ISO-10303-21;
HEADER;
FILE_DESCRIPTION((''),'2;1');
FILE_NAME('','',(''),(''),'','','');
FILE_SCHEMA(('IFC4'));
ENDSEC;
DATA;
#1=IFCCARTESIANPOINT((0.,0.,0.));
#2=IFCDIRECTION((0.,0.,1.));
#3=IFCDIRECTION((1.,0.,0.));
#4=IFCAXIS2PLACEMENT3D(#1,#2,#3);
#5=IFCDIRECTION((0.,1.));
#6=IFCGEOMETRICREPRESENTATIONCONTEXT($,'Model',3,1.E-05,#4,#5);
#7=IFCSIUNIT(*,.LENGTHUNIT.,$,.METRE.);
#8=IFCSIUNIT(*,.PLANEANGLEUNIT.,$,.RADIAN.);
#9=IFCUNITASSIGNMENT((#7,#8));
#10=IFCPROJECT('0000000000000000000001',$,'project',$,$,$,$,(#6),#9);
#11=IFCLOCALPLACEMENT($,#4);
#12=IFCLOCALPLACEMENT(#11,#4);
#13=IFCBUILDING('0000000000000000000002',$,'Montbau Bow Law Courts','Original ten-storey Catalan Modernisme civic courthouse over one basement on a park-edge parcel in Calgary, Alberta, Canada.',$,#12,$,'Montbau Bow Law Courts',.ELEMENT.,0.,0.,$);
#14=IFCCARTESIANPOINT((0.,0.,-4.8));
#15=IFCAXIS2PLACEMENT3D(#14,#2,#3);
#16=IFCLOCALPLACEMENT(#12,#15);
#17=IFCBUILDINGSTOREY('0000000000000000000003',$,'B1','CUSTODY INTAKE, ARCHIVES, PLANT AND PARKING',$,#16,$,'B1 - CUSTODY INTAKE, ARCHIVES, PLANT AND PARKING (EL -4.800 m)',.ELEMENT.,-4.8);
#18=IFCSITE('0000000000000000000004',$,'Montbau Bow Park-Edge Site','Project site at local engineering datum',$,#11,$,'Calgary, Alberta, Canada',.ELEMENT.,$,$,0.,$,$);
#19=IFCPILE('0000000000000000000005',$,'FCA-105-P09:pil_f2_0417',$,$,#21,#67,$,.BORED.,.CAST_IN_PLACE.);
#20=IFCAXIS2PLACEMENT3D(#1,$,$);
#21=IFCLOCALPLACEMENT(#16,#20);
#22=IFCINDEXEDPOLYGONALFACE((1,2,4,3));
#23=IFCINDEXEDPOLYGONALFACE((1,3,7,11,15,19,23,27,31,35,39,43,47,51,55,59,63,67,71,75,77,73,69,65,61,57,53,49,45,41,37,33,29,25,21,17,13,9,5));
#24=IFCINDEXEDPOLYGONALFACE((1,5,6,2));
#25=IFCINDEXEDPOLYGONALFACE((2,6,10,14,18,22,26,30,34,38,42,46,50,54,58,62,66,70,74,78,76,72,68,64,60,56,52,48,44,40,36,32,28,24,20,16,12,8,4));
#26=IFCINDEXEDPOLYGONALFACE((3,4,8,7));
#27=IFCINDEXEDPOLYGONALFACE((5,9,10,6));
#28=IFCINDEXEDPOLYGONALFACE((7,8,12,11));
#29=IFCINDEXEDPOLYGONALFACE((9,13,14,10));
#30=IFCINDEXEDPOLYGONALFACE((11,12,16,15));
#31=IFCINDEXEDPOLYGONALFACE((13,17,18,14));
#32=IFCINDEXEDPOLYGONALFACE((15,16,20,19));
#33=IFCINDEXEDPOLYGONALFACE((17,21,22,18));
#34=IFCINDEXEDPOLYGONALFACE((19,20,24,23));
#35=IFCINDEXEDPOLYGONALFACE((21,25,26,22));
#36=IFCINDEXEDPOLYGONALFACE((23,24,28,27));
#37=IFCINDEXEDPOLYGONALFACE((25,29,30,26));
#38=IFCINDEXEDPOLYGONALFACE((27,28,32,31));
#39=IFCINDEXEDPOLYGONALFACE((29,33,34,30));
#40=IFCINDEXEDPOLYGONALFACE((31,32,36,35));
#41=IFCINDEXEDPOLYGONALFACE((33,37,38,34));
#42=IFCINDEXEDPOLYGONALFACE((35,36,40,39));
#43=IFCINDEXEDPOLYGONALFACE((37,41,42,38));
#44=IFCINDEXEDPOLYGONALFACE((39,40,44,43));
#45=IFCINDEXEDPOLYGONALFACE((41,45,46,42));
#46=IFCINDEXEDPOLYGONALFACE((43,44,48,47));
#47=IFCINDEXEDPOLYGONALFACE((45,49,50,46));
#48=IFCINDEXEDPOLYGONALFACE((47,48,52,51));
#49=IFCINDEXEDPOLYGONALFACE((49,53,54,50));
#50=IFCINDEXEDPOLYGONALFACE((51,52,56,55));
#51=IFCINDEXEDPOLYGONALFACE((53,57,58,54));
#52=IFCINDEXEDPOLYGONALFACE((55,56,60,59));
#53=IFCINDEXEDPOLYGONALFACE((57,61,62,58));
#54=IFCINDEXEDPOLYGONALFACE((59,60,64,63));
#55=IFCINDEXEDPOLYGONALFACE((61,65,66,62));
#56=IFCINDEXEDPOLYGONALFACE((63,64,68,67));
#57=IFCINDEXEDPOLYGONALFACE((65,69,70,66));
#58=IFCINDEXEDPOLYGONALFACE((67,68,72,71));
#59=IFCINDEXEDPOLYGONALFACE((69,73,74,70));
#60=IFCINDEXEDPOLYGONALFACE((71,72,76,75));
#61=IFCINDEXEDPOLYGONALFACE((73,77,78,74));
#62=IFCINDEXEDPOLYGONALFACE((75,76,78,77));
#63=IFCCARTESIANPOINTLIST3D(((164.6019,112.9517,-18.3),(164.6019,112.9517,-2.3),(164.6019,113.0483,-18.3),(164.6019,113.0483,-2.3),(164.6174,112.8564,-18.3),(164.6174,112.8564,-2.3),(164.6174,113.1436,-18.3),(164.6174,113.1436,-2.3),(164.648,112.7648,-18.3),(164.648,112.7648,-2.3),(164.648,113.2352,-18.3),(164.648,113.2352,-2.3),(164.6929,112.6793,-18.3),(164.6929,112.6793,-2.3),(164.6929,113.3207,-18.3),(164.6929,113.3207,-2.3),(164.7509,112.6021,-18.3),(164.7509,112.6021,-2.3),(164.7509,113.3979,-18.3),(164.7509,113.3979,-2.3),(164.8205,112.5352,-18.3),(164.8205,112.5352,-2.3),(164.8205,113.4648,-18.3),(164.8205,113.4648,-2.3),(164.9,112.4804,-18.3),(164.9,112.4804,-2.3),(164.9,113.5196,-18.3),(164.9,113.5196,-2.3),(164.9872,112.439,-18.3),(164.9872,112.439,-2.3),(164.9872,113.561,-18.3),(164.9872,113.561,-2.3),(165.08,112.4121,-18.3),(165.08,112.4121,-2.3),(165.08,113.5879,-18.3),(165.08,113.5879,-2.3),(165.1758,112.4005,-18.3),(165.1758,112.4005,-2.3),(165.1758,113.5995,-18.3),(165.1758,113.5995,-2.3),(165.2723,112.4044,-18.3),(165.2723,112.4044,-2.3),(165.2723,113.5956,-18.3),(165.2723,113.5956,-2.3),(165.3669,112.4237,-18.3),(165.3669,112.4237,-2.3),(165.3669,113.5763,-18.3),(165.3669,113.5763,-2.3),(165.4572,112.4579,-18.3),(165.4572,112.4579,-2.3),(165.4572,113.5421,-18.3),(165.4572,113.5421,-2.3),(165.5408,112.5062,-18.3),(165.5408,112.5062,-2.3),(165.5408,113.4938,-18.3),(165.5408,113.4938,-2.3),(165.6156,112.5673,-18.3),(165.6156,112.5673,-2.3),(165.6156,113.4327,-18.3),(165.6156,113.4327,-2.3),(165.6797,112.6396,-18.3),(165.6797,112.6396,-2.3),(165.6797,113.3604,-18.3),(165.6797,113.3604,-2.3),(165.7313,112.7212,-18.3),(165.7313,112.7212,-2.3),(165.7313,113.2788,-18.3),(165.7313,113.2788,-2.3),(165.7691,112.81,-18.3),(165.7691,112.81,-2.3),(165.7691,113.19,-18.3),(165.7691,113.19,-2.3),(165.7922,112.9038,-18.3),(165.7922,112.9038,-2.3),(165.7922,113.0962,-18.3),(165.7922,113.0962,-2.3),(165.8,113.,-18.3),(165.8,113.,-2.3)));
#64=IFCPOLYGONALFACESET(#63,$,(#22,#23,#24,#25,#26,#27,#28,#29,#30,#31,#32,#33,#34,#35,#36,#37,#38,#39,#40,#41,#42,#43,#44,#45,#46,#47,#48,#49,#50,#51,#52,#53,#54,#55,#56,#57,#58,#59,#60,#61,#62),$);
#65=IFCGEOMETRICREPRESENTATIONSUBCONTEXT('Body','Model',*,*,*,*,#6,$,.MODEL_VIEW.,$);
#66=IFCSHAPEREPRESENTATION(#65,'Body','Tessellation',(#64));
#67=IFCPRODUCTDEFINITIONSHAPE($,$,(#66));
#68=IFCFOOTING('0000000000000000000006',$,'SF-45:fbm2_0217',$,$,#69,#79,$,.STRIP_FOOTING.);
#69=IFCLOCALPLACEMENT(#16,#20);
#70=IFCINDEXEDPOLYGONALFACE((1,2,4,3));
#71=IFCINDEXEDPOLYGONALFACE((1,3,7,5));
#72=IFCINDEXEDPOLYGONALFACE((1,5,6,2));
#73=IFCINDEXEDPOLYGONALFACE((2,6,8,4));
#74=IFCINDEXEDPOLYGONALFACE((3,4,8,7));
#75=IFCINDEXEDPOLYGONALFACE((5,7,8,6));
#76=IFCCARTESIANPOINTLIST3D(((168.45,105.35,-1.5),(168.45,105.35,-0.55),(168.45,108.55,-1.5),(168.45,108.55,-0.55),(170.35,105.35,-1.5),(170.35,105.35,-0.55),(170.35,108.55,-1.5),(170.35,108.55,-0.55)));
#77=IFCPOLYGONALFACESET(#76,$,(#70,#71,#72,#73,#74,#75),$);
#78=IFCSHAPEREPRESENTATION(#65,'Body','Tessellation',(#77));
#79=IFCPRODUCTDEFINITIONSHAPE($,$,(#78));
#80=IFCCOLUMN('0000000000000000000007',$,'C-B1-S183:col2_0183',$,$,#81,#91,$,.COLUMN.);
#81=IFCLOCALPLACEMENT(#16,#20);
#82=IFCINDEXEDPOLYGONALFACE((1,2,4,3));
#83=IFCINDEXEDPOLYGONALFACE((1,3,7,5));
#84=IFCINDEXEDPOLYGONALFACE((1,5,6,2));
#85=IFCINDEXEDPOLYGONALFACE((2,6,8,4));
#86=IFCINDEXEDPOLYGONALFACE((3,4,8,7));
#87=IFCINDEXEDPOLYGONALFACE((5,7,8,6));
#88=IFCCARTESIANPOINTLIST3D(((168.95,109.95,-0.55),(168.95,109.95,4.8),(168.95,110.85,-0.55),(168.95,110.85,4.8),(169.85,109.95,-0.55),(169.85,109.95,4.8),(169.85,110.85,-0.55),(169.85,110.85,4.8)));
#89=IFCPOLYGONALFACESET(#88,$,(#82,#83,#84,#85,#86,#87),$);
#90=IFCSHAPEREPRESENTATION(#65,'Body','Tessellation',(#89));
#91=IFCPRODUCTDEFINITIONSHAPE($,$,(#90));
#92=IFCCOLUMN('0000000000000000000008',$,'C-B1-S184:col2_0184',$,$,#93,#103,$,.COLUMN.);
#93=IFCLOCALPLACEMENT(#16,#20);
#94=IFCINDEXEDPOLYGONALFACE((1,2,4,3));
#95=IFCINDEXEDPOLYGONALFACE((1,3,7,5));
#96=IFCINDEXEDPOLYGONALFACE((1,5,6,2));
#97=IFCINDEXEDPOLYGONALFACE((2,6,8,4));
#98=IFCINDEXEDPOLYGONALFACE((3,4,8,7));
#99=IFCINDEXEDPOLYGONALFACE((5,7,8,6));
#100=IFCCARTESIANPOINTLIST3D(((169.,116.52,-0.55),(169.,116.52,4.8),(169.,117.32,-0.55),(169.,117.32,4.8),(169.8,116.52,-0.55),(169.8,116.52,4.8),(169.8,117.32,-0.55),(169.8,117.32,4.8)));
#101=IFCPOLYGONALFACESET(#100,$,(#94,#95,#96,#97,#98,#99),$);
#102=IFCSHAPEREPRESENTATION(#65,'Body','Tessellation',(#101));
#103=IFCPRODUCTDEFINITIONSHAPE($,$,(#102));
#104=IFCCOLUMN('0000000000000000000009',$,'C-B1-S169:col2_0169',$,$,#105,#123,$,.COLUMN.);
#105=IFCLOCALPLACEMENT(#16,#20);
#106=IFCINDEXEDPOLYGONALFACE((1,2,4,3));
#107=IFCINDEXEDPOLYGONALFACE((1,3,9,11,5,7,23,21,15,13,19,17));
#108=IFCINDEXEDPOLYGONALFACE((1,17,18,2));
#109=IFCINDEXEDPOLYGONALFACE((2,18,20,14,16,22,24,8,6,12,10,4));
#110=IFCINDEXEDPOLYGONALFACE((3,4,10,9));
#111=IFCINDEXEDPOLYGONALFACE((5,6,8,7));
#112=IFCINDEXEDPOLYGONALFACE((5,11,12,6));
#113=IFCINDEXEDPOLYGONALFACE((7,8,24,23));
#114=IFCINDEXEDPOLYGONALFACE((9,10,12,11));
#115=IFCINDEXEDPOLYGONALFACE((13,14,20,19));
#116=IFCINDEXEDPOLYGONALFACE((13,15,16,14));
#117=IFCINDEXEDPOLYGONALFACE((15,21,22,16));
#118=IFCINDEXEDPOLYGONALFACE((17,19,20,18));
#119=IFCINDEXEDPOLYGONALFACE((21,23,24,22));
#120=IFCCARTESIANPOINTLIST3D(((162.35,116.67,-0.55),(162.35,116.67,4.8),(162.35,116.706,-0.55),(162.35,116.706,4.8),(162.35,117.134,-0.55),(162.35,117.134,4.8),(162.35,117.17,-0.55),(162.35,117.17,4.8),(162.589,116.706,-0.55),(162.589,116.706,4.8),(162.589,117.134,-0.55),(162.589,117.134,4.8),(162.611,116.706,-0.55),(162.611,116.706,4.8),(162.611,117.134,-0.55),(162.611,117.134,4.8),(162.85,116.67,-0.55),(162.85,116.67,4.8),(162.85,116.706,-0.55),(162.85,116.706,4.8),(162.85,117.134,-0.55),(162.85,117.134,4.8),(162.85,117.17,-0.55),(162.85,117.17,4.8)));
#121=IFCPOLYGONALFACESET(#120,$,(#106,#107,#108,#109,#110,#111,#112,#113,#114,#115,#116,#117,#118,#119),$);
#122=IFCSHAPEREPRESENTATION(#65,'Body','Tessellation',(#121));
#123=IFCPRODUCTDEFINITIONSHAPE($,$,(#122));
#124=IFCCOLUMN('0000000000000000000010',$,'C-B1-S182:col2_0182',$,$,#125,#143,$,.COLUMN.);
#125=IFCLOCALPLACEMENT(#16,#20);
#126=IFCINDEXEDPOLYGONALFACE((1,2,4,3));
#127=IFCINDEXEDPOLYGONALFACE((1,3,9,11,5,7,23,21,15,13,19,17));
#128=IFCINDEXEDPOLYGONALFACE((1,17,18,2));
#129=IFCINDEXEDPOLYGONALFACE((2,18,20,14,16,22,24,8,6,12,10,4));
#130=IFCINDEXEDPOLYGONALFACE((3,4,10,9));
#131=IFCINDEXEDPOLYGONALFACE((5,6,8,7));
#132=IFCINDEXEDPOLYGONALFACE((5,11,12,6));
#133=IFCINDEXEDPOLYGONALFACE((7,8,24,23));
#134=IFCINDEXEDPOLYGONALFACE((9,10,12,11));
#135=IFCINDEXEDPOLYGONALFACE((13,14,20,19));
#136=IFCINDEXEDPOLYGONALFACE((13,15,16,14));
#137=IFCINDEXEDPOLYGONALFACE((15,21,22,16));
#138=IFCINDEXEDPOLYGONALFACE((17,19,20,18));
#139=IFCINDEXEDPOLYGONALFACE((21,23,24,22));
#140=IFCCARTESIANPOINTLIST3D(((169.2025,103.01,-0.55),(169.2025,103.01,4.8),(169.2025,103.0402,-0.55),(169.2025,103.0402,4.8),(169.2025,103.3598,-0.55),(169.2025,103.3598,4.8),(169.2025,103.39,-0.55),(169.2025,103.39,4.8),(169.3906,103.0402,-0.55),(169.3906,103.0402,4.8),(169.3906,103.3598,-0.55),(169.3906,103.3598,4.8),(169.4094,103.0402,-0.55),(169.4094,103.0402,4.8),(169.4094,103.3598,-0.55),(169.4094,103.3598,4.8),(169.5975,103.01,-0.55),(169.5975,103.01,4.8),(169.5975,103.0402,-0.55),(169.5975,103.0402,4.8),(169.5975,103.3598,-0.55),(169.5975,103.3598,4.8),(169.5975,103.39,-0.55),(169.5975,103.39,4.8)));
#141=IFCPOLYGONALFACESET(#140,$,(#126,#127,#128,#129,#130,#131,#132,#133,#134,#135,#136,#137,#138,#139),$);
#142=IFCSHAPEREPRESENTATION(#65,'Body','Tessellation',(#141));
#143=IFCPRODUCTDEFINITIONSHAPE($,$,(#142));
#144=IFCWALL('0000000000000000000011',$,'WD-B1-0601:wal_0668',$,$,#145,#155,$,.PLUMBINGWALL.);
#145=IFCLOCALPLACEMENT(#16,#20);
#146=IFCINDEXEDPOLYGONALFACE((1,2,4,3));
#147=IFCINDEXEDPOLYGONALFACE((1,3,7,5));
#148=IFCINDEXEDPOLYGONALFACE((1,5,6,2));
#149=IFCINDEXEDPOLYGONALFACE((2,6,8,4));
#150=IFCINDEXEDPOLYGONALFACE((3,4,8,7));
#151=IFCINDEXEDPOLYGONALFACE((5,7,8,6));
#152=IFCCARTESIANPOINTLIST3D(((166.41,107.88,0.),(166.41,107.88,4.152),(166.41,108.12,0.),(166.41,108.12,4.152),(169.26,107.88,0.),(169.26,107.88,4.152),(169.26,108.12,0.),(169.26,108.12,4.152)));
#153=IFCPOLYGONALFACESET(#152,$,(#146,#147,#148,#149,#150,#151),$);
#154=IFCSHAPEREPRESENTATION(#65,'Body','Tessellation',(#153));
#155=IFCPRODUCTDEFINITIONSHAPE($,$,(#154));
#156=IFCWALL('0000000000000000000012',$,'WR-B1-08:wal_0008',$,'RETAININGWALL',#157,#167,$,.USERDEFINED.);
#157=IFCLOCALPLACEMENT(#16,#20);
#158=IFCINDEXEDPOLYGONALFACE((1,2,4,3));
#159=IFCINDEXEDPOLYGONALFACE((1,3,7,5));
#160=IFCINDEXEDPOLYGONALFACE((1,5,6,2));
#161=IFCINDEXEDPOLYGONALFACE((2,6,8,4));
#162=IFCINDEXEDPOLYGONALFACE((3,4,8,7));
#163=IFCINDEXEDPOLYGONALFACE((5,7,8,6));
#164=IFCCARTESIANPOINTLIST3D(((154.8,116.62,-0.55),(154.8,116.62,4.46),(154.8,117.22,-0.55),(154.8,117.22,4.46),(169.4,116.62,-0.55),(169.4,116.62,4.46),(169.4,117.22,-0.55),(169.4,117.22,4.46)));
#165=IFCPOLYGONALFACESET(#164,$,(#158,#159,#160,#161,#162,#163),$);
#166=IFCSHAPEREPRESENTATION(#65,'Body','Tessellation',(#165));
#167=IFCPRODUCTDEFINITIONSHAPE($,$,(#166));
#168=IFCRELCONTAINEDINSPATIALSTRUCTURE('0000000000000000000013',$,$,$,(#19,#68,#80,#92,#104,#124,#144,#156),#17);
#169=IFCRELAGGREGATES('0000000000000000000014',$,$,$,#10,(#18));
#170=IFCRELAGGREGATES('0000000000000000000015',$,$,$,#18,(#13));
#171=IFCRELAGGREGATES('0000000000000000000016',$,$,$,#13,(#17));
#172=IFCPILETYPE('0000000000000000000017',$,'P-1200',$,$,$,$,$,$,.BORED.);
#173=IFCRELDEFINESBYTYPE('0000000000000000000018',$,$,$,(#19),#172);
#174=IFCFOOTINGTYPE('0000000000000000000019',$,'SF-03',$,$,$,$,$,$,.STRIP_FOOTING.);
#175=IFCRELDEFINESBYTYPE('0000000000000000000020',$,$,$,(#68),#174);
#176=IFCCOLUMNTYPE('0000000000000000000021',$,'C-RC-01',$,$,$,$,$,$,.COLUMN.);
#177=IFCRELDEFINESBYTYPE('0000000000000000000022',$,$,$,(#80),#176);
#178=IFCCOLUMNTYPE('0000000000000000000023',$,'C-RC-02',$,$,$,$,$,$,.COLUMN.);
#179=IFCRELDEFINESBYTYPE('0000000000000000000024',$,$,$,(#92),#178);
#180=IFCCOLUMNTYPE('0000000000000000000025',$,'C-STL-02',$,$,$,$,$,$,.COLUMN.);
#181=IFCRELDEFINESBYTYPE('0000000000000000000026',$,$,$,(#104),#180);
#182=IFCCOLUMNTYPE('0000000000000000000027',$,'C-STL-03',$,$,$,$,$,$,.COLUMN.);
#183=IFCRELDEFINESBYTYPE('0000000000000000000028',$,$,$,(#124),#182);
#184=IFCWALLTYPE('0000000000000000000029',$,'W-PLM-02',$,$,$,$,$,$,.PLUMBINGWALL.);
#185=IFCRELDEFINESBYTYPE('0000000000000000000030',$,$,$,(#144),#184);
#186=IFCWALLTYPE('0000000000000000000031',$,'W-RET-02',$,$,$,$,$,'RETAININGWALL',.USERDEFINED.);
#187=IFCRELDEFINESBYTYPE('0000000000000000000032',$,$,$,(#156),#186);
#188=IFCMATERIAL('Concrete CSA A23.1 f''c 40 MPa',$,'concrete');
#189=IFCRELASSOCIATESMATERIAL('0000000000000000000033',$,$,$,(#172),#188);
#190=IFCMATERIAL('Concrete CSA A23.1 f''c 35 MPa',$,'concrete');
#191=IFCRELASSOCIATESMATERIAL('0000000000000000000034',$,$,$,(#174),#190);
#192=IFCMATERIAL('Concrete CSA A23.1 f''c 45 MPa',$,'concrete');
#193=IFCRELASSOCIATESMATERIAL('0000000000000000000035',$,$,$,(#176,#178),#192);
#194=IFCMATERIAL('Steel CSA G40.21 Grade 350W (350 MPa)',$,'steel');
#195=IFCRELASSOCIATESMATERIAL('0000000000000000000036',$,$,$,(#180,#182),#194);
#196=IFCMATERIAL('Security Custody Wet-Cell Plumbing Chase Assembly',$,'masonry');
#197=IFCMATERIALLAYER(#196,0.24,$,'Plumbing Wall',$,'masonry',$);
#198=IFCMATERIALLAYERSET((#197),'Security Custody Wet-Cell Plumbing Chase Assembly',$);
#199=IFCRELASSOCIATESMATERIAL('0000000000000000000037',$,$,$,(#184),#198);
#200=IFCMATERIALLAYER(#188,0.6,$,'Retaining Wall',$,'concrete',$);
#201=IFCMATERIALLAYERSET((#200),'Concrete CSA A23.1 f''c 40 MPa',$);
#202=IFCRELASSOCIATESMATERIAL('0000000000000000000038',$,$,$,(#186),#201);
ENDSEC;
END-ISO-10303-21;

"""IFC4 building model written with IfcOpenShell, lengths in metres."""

from ifc_helpers import new_model, si_unit, direction, frame, frame_2d, origin_with_axes, origin_2d_with_axis, place, context, subcontext, project, spatial, rectangle, circle, i_section, extrude, material, layer, layer_set, material_profile, profile_set, type_object, element, save


model = new_model("IFC4")

# Units and contexts
model_context = context("Model", 3, precision=1e-05, world=origin_with_axes(), true_north=direction((0.0, 1.0)))
body_context = subcontext(model_context, "Body", "Model", "MODEL_VIEW")
ifc_project = project(units=[si_unit("LENGTHUNIT", "METRE"), si_unit("PLANEANGLEUNIT", "RADIAN")], contexts=[model_context])

# Site, building, storey
site_placement = place(None, origin_with_axes())
site = spatial("IfcSite", under=ifc_project, at=site_placement, Name="Montbau Bow Park-Edge Site", Description="Project site at local engineering datum", LongName="Calgary, Alberta, Canada", CompositionType="ELEMENT", RefElevation=0.0)
building_placement = place(site_placement, origin_with_axes())
building = spatial("IfcBuilding", under=site, at=building_placement, Name="Montbau Bow Law Courts", Description="Original ten-storey Catalan Modernisme civic courthouse over one basement on a park-edge parcel in Calgary, Alberta, Canada.", LongName="Montbau Bow Law Courts", CompositionType="ELEMENT", ElevationOfRefHeight=0.0, ElevationOfTerrain=0.0)
storey_placement = place(building_placement, frame((0.0, 0.0, -4.8), z_axis=(0.0, 0.0, 1.0), x_axis=(1.0, 0.0, 0.0)))
storey = spatial("IfcBuildingStorey", under=building, at=storey_placement, Name="B1", Description="CUSTODY INTAKE, ARCHIVES, PLANT AND PARKING", LongName="B1 - CUSTODY INTAKE, ARCHIVES, PLANT AND PARKING (EL -4.800 m)", CompositionType="ELEMENT", Elevation=-4.8)

# Shared definitions
ifc_material_1 = material(Name="Concrete CSA A23.1 f'c 35 MPa", Category="concrete")

# Pile
ifc_material_2 = material(Name="Concrete CSA A23.1 f'c 40 MPa", Category="concrete")
ifc_material_profile_1 = material_profile(ifc_material_2, circle(Radius=0.6, at=origin_2d_with_axis()), Name="BP1200", Category="Main", Priority=0)
ifc_profile_set_1 = profile_set([ifc_material_profile_1], Name="Concrete CSA A23.1 f'c 40 MPa")
pile_type_1 = type_object("IfcPileType", Name="P-1200", PredefinedType="BORED", material=ifc_profile_set_1)
for number, where, z_axis, x_axis, name in (
    (1, (165.2, 113.0, -23.1), (0.0, 0.0, 1.0), (1.0, 0.0, 0.0), "FCA-105-P09:pil_f2_0417"),
):
    element("IfcPile", number, at=place(None, frame(where, z_axis=z_axis, x_axis=x_axis)), inside=storey, type_object=pile_type_1, Name=name, ConstructionType="CAST_IN_PLACE", PredefinedType="BORED", context=body_context, shape_type="SweptSolid", body=[
        extrude(circle(Radius=0.6, at=origin_2d_with_axis()), origin_with_axes(), (0.0, 0.0, 1.0), 16.0),
    ])

# Footing
footing_type_1 = type_object("IfcFootingType", Name="SF-03", PredefinedType="STRIP_FOOTING", material=ifc_material_1)
footing_1_placement = place(None, frame((169.4, 106.95, -6.3), z_axis=(0.0, 0.0, 1.0), x_axis=(0.0, 1.0, 0.0)))
element("IfcFooting", 2, at=footing_1_placement, inside=storey, type_object=footing_type_1, Name="SF-45:fbm2_0217", PredefinedType="STRIP_FOOTING", context=body_context, shape_type="SweptSolid", body=[
    extrude(rectangle(XDim=3.2, YDim=1.9, at=origin_2d_with_axis()), origin_with_axes(), (0.0, 0.0, 1.0), 0.95),
])

# Columns
ifc_material_3 = material(Name="Concrete CSA A23.1 f'c 45 MPa", Category="concrete")
ifc_material_profile_2 = material_profile(ifc_material_3, rectangle(XDim=0.9, YDim=0.9, at=origin_2d_with_axis()), Name="RC900X900", Category="Main", Priority=0)
ifc_profile_set_2 = profile_set([ifc_material_profile_2], Name="Concrete CSA A23.1 f'c 45 MPa")
column_type_1 = type_object("IfcColumnType", Name="C-RC-01", PredefinedType="COLUMN", material=ifc_profile_set_2)
column_1_placement = place(None, frame((169.4, 110.4, -5.35), z_axis=(0.0, 0.0, 1.0), x_axis=(1.0, 0.0, 0.0)))
element("IfcColumn", 3, at=column_1_placement, inside=storey, type_object=column_type_1, Name="C-B1-S183:col2_0183", PredefinedType="COLUMN", context=body_context, shape_type="SweptSolid", body=[
    extrude(rectangle(XDim=0.9, YDim=0.9, at=origin_2d_with_axis()), origin_with_axes(), (0.0, 0.0, 1.0), 5.35),
])
ifc_material_profile_3 = material_profile(ifc_material_3, rectangle(XDim=0.8, YDim=0.8, at=origin_2d_with_axis()), Name="RC800X800", Category="Main", Priority=0)
ifc_profile_set_3 = profile_set([ifc_material_profile_3], Name="Concrete CSA A23.1 f'c 45 MPa")
column_type_2 = type_object("IfcColumnType", Name="C-RC-02", PredefinedType="COLUMN", material=ifc_profile_set_3)
column_2_placement = place(None, frame((169.4, 116.92, -5.35), z_axis=(0.0, 0.0, 1.0), x_axis=(1.0, 0.0, 0.0)))
element("IfcColumn", 4, at=column_2_placement, inside=storey, type_object=column_type_2, Name="C-B1-S184:col2_0184", PredefinedType="COLUMN", context=body_context, shape_type="SweptSolid", body=[
    extrude(rectangle(XDim=0.8, YDim=0.8, at=origin_2d_with_axis()), origin_with_axes(), (0.0, 0.0, 1.0), 5.35),
])
ifc_material_4 = material(Name="Steel CSA G40.21 Grade 350W (350 MPa)", Category="steel")
ifc_material_profile_4 = material_profile(ifc_material_4, i_section(OverallWidth=0.5, OverallDepth=0.5, WebThickness=0.022, FlangeThickness=0.036, at=origin_2d_with_axis()), Name="WWF500X343", Category="Main", Priority=0)
ifc_profile_set_4 = profile_set([ifc_material_profile_4], Name="Steel CSA G40.21 Grade 350W (350 MPa)")
column_type_3 = type_object("IfcColumnType", Name="C-STL-02", PredefinedType="COLUMN", material=ifc_profile_set_4)
column_3_placement = place(None, frame((162.6, 116.92, -5.35), z_axis=(0.0, 0.0, 1.0), x_axis=(1.0, 0.0, 0.0)))
element("IfcColumn", 5, at=column_3_placement, inside=storey, type_object=column_type_3, Name="C-B1-S169:col2_0169", PredefinedType="COLUMN", context=body_context, shape_type="SweptSolid", body=[
    extrude(i_section(OverallWidth=0.5, OverallDepth=0.5, WebThickness=0.022, FlangeThickness=0.036, at=origin_2d_with_axis()), origin_with_axes(), (0.0, 0.0, 1.0), 5.35),
])
ifc_material_profile_5 = material_profile(ifc_material_4, i_section(OverallWidth=0.395, OverallDepth=0.38, WebThickness=0.0189, FlangeThickness=0.0302, at=origin_2d_with_axis()), Name="W360X237", Category="Main", Priority=0)
ifc_profile_set_5 = profile_set([ifc_material_profile_5], Name="Steel CSA G40.21 Grade 350W (350 MPa)")
column_type_4 = type_object("IfcColumnType", Name="C-STL-03", PredefinedType="COLUMN", material=ifc_profile_set_5)
column_4_placement = place(None, frame((169.4, 103.2, -5.35), z_axis=(0.0, 0.0, 1.0), x_axis=(1.0, 0.0, 0.0)))
element("IfcColumn", 6, at=column_4_placement, inside=storey, type_object=column_type_4, Name="C-B1-S182:col2_0182", PredefinedType="COLUMN", context=body_context, shape_type="SweptSolid", body=[
    extrude(i_section(OverallWidth=0.395, OverallDepth=0.38, WebThickness=0.0189, FlangeThickness=0.0302, at=origin_2d_with_axis()), origin_with_axes(), (0.0, 0.0, 1.0), 5.35),
])

# Walls
ifc_material_5 = material(Name="Security Custody Wet-Cell Plumbing Chase Assembly", Category="masonry")
ifc_layer_1 = layer(ifc_material_5, 0.24, Name="Plumbing Wall", Category="masonry")
ifc_layer_set_1 = layer_set([ifc_layer_1], Name="Security Custody Wet-Cell Plumbing Chase Assembly")
wall_type_1 = type_object("IfcWallType", Name="W-PLM-02", PredefinedType="PLUMBINGWALL", material=ifc_layer_set_1)
wall_1_placement = place(None, frame((166.41, 108.0, -4.8), z_axis=(0.0, 0.0, 1.0), x_axis=(1.0, 0.0, 0.0)))
element("IfcWall", 7, at=wall_1_placement, inside=storey, type_object=wall_type_1, Name="WD-B1-0601:wal_0668", PredefinedType="PLUMBINGWALL", context=body_context, shape_type="SweptSolid", body=[
    extrude(rectangle(XDim=2.85, YDim=0.24, at=frame_2d((1.425, 0.0), x_axis=(1.0, 0.0))), origin_with_axes(), (0.0, 0.0, 1.0), 4.152),
])
ifc_layer_2 = layer(ifc_material_2, 0.6, Name="Retaining Wall", Category="concrete")
ifc_layer_set_2 = layer_set([ifc_layer_2], Name="Concrete CSA A23.1 f'c 40 MPa")
wall_type_2 = type_object("IfcWallType", Name="W-RET-02", ElementType="RETAININGWALL", PredefinedType="USERDEFINED", material=ifc_layer_set_2)
wall_2_placement = place(None, frame((169.4, 116.92, -5.35), z_axis=(0.0, 0.0, 1.0), x_axis=(-1.0, 0.0, 0.0)))
element("IfcWall", 8, at=wall_2_placement, inside=storey, type_object=wall_type_2, Name="WR-B1-08:wal_0008", ObjectType="RETAININGWALL", PredefinedType="USERDEFINED", context=body_context, shape_type="SweptSolid", body=[
    extrude(rectangle(XDim=14.6, YDim=0.6, at=frame_2d((7.3, 0.0), x_axis=(1.0, 0.0))), origin_with_axes(), (0.0, 0.0, 1.0), 5.01),
])

save(model, "model.ifc")
